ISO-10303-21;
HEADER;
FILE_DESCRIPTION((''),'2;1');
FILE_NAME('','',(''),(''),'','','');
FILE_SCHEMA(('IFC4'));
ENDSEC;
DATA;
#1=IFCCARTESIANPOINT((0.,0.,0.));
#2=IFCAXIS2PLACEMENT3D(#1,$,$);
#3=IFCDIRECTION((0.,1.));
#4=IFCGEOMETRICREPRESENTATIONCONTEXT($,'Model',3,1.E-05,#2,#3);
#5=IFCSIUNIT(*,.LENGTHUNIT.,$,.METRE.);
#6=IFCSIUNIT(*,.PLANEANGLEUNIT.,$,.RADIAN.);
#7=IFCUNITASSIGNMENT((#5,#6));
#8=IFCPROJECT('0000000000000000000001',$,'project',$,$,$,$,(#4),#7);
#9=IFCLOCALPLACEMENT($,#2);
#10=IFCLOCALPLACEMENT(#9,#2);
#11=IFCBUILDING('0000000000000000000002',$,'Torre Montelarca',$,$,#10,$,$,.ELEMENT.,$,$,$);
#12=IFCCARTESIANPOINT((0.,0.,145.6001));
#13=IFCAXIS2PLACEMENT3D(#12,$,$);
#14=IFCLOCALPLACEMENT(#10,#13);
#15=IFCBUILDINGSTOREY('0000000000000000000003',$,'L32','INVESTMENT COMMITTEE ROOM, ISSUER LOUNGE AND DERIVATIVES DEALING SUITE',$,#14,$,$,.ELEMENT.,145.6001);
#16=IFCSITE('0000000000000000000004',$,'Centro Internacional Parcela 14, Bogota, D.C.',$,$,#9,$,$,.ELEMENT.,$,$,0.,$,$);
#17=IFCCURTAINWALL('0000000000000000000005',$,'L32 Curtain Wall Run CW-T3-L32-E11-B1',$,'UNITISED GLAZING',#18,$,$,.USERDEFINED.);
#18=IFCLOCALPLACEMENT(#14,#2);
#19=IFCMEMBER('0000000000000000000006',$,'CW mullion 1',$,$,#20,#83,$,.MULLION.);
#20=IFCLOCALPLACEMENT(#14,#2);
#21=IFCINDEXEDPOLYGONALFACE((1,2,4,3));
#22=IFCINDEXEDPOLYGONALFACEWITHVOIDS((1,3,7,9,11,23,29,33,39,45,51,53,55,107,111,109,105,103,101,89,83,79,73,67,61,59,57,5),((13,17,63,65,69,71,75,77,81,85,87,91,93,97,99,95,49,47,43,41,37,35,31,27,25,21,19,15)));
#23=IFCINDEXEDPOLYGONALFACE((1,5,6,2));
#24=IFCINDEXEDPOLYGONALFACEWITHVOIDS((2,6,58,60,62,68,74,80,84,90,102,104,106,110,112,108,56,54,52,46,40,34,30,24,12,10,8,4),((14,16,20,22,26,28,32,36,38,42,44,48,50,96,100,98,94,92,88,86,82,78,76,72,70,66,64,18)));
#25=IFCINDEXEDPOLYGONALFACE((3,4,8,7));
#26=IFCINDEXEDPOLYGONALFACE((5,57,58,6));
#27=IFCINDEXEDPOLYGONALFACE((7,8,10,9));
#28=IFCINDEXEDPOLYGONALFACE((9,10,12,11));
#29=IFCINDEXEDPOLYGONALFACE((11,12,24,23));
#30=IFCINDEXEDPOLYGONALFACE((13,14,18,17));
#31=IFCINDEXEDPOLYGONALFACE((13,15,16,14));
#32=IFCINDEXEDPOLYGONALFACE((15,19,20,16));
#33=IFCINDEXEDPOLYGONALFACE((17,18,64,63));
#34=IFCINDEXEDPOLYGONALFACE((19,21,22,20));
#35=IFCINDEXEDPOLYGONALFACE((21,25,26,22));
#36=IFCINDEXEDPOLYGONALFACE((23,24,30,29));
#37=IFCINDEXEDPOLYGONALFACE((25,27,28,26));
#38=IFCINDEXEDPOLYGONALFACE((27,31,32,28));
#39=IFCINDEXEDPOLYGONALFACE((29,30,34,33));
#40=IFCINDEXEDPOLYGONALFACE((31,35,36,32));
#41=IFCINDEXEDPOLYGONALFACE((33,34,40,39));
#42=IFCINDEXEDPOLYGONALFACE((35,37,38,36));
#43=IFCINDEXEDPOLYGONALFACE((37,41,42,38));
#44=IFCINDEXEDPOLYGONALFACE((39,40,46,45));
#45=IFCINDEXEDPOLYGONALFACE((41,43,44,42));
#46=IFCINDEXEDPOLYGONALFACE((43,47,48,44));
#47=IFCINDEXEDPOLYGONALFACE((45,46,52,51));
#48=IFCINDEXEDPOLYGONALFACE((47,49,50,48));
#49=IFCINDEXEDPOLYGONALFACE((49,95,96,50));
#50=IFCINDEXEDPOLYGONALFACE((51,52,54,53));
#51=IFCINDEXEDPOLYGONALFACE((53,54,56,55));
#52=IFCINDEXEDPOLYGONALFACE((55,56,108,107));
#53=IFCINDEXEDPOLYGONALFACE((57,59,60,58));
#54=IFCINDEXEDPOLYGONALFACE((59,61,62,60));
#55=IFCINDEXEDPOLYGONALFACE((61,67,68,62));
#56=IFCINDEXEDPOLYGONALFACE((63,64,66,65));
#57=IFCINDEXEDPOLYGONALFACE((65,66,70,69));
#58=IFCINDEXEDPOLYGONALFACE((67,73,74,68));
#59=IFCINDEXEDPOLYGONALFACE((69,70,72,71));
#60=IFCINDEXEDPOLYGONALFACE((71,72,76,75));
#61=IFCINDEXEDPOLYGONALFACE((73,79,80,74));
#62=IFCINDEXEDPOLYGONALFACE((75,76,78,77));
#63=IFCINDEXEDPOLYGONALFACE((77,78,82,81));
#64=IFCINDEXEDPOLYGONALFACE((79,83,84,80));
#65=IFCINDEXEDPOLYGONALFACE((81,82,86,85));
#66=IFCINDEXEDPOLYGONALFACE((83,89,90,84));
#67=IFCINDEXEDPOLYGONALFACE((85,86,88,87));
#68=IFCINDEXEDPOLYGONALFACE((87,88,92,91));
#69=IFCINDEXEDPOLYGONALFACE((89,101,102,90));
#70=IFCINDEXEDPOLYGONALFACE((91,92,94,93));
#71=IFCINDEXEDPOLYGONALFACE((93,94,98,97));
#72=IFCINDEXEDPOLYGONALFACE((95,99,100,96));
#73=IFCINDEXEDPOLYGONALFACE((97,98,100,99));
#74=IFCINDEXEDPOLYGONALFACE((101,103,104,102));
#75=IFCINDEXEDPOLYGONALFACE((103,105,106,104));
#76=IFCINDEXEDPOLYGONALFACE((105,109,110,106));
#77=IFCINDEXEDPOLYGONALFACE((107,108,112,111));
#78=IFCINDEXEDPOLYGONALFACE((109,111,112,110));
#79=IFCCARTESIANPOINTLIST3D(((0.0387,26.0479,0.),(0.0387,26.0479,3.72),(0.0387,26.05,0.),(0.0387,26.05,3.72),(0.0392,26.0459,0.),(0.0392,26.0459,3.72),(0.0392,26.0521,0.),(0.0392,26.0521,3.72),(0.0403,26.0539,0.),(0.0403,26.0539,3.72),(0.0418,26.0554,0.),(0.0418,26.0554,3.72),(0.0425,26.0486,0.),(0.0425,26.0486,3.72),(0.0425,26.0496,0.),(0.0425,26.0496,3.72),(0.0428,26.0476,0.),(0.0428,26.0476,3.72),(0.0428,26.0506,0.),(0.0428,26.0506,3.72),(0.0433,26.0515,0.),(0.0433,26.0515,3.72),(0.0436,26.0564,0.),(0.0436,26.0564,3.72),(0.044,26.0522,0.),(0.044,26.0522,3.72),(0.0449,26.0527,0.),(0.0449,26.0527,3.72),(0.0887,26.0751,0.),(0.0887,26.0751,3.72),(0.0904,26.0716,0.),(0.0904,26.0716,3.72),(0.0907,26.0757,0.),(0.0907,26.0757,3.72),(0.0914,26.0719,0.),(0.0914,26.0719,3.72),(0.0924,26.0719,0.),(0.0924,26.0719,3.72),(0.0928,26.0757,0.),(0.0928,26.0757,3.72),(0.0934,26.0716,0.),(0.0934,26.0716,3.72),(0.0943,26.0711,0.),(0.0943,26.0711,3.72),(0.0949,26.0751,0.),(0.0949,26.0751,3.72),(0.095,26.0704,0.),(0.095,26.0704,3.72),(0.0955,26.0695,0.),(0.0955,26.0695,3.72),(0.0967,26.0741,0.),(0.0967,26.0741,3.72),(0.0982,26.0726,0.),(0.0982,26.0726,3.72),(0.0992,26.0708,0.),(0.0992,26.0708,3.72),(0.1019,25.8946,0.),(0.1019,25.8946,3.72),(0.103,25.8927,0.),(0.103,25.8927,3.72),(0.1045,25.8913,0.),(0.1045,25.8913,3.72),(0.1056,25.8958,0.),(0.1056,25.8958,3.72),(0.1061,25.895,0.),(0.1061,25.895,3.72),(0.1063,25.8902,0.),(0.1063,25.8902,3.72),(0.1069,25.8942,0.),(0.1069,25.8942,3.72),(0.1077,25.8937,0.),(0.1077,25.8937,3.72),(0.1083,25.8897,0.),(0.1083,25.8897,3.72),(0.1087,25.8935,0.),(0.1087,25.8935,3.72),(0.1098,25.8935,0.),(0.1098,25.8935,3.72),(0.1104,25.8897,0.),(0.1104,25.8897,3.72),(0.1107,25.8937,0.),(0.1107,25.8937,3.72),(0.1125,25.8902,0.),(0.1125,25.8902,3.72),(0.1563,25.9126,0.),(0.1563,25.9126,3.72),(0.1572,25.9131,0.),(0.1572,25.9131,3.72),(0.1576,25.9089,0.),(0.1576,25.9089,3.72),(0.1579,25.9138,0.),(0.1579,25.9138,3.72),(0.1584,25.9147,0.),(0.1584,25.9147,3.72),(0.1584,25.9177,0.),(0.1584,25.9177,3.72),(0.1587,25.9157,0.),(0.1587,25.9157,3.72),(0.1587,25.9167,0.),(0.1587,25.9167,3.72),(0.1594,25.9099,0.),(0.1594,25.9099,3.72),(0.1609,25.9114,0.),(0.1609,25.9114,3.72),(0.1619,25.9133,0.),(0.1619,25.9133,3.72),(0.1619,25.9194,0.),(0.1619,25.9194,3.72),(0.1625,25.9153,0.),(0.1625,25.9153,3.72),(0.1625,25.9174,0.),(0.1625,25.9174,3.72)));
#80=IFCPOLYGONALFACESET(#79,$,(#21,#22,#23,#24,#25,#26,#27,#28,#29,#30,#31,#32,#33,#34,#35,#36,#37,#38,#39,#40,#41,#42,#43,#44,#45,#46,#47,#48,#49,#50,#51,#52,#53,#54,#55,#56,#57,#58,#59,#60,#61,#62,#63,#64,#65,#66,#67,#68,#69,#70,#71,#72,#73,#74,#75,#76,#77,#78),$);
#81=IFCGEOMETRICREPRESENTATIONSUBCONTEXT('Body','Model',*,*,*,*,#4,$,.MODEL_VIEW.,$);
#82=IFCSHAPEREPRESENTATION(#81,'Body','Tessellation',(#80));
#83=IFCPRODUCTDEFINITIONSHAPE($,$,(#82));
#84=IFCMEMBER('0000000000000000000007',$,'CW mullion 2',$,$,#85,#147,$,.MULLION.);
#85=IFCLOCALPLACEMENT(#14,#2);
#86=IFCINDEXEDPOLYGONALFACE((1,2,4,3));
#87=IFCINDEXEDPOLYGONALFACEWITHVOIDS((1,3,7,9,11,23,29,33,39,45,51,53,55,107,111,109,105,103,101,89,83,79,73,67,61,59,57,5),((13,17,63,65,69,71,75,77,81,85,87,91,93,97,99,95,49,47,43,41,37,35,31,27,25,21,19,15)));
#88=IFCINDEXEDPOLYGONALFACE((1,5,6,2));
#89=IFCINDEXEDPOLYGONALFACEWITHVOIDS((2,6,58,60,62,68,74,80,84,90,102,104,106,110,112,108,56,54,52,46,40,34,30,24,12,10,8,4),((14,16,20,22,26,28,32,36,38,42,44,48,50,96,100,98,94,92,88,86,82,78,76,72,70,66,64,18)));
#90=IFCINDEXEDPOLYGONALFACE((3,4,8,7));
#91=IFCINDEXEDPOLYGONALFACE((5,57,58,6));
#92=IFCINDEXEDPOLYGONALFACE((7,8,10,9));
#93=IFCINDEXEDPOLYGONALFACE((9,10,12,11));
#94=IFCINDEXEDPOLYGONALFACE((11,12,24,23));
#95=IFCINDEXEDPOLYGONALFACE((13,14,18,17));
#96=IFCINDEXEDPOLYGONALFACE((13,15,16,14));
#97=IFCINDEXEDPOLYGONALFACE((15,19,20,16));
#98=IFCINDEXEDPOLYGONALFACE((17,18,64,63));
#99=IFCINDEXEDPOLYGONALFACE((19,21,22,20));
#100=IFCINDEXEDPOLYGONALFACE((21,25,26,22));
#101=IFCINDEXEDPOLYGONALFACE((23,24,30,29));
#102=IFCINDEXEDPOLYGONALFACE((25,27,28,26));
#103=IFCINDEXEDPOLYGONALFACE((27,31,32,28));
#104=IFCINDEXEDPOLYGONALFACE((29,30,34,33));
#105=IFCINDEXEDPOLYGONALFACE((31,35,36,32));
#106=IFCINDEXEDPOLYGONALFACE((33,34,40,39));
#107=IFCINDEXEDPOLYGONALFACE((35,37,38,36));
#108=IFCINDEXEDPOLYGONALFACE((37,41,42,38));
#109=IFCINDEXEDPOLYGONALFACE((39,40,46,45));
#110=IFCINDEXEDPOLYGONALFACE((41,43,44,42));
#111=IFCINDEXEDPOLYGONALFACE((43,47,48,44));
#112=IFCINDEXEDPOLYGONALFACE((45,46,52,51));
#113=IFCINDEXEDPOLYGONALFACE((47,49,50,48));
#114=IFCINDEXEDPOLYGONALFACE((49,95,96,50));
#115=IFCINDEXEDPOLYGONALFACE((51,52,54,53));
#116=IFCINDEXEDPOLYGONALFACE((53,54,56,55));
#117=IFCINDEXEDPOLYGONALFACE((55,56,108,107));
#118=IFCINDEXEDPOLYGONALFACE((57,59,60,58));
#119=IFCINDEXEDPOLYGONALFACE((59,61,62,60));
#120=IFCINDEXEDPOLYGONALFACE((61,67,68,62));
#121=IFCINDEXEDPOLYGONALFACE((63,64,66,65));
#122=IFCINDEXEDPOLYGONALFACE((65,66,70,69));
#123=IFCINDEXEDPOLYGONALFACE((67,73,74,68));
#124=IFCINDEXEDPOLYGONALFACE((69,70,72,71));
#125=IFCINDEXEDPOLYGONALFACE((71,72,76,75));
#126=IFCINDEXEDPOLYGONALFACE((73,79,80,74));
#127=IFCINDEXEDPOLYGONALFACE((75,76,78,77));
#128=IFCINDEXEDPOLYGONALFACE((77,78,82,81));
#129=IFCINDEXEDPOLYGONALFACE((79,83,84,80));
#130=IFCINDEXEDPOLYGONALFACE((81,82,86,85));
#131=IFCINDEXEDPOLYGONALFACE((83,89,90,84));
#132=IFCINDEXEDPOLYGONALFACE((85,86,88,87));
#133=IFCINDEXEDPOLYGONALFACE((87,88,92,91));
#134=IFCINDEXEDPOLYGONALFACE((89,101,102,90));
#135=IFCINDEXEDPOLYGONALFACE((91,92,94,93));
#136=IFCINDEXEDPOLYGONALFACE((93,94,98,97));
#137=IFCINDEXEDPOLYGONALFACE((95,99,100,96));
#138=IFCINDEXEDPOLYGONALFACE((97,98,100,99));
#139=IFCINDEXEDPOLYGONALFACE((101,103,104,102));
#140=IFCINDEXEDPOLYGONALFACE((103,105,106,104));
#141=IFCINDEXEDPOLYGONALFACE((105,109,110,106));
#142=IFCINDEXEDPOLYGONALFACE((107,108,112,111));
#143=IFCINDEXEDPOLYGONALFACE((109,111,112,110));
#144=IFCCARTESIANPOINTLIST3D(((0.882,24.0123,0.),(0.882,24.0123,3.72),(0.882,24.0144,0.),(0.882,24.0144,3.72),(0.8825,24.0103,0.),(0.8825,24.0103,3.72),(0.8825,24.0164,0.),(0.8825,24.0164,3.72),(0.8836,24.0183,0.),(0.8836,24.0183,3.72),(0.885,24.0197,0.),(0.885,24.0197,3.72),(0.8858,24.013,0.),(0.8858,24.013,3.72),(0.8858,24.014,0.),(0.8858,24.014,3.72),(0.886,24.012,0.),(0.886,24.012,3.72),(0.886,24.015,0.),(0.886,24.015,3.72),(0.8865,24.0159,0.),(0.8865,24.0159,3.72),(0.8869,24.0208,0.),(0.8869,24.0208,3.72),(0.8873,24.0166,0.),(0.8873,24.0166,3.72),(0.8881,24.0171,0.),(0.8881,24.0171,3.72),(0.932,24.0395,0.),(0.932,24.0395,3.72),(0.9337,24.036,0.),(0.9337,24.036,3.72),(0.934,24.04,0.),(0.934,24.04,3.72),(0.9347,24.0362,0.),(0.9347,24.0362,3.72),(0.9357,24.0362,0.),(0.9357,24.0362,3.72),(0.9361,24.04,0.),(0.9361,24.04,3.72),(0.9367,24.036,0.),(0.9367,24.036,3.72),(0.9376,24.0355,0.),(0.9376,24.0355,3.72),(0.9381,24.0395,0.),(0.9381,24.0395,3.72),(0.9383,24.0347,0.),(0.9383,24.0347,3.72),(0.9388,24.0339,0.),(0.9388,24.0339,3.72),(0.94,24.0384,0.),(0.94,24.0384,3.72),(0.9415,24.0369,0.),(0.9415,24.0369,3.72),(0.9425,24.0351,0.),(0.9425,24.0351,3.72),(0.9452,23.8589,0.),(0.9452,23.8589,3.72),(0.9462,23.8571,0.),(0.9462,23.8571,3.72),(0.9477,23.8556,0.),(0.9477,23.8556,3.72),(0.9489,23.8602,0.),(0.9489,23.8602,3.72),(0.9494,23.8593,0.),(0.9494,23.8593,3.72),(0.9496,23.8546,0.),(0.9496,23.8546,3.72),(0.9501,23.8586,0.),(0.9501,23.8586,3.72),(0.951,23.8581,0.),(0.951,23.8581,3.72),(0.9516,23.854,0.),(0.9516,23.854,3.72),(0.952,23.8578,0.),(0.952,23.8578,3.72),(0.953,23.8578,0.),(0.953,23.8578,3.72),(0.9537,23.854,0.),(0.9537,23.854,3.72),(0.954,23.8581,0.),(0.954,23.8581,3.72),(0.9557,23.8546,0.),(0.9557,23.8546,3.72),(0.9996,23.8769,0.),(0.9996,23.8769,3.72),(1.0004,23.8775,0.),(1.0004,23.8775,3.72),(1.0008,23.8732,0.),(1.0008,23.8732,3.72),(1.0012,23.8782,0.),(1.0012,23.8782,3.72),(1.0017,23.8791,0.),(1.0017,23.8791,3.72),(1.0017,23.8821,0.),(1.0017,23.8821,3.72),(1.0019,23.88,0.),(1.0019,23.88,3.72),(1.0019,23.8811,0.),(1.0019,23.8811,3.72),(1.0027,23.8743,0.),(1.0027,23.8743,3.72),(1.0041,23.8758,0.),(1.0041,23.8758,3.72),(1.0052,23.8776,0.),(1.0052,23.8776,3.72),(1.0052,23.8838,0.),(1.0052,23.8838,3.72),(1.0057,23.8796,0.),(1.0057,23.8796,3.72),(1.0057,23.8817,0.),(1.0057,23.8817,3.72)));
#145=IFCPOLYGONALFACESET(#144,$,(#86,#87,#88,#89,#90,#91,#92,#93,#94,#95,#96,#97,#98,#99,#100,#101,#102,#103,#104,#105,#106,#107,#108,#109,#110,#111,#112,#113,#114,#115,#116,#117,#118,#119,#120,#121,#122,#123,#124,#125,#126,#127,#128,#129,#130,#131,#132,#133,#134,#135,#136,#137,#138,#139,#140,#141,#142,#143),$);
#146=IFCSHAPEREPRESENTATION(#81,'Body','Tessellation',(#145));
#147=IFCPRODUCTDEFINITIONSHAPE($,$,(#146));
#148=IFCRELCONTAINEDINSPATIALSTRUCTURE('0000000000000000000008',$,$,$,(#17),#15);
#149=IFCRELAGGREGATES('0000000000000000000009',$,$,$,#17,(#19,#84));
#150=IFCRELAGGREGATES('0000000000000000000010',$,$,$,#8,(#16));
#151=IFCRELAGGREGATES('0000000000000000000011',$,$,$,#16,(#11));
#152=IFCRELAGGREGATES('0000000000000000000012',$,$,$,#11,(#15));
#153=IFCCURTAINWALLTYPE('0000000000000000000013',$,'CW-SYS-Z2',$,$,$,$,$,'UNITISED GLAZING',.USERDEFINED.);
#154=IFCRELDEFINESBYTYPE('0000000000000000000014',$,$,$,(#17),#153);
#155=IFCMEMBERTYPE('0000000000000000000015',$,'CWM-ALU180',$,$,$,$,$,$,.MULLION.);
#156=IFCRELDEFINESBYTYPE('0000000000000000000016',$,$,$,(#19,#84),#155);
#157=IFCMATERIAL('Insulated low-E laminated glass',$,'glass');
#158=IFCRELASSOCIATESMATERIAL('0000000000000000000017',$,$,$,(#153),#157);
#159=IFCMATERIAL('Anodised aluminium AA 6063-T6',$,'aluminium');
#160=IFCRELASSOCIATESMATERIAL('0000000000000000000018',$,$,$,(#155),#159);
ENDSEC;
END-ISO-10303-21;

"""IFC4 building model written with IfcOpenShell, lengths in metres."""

from ifc_helpers import new_model, si_unit, direction, frame, origin, origin_2d, place, context, subcontext, project, spatial, hollow_rectangle, extrude, source, transform, mapped, material, material_profile, profile_set, type_object, element, aggregate, save


model = new_model("IFC4")

# Units and contexts
model_context = context("Model", 3, precision=1e-05, world=origin(), true_north=direction((0.0, 1.0)))
body_context = subcontext(model_context, "Body", "Model", "MODEL_VIEW")
ifc_project = project(units=[si_unit("LENGTHUNIT", "METRE"), si_unit("PLANEANGLEUNIT", "RADIAN")], contexts=[model_context])

# Site, building, storey
site_placement = place(None, origin())
site = spatial("IfcSite", under=ifc_project, at=site_placement, Name="Centro Internacional Parcela 14, Bogota, D.C.", CompositionType="ELEMENT", RefElevation=0.0)
building_placement = place(site_placement, origin())
building = spatial("IfcBuilding", under=site, at=building_placement, Name="Torre Montelarca", CompositionType="ELEMENT")
storey_placement = place(building_placement, frame((0.0, 0.0, 145.6001)))
storey = spatial("IfcBuildingStorey", under=building, at=storey_placement, Name="L32", Description="INVESTMENT COMMITTEE ROOM, ISSUER LOUNGE AND DERIVATIVES DEALING SUITE", CompositionType="ELEMENT", Elevation=145.6001)

# Curtain wall, members
ifc_material_1 = material(Name="Insulated low-E laminated glass", Category="glass")
curtain_wall_type = type_object("IfcCurtainWallType", Name="CW-SYS-Z2", ElementType="UNITISED GLAZING", PredefinedType="USERDEFINED", material=ifc_material_1)
ifc_material_2 = material(Name="Anodised aluminium AA 6063-T6", Category="aluminium")
ifc_material_profile_1 = material_profile(ifc_material_2, hollow_rectangle(XDim=0.0649, YDim=0.1799, WallThickness=0.0039, InnerFilletRadius=0.0039, OuterFilletRadius=0.0081, at=origin_2d()), Name="ALU65X180X4", Category="aluminium")
ifc_profile_set_1 = profile_set([ifc_material_profile_1], Name="Anodised aluminium AA 6063-T6")
member_type_1 = type_object("IfcMemberType", Name="CWM-ALU180", PredefinedType="MULLION", material=ifc_profile_set_1)
shared_shape_1 = source(origin(), body_context, "Body", "SweptSolid", [
    extrude(hollow_rectangle(XDim=0.0649, YDim=0.1799, WallThickness=0.0039, InnerFilletRadius=0.0039, OuterFilletRadius=0.0081, at=origin_2d()), origin(), (0.0, 0.0, 1.0), 3.72),
])
curtain_wall_1_placement = place(storey_placement, origin())
curtain_wall_1 = element("IfcCurtainWall", 1, at=curtain_wall_1_placement, inside=storey, type_object=curtain_wall_type, Name="L32 Curtain Wall Run CW-T3-L32-E11-B1", ObjectType="UNITISED GLAZING", PredefinedType="USERDEFINED")
member_1_placement = place(storey_placement, frame((0.1006, 25.9827, 0.0), z_axis=(0.0, 0.0, 1.0), x_axis=(0.923885, 0.382671, 0.0)))
member_1 = element("IfcMember", 2, at=member_1_placement, type_object=member_type_1, Name="CW mullion 1", PredefinedType="MULLION", context=body_context, shape_type="MappedRepresentation", body=[
    mapped(shared_shape_1, transform((0.0, 0.0, 0.0), scale=1.0)),
])
member_2_placement = place(storey_placement, frame((0.9438, 23.947, 0.0), z_axis=(0.0, 0.0, 1.0), x_axis=(0.923885, 0.382671, 0.0)))
member_2 = element("IfcMember", 3, at=member_2_placement, type_object=member_type_1, Name="CW mullion 2", PredefinedType="MULLION", context=body_context, shape_type="MappedRepresentation", body=[
    mapped(shared_shape_1, transform((0.0, 0.0, 0.0), scale=1.0)),
])

aggregate(curtain_wall_1, [member_1, member_2])

save(model, "model.ifc")
